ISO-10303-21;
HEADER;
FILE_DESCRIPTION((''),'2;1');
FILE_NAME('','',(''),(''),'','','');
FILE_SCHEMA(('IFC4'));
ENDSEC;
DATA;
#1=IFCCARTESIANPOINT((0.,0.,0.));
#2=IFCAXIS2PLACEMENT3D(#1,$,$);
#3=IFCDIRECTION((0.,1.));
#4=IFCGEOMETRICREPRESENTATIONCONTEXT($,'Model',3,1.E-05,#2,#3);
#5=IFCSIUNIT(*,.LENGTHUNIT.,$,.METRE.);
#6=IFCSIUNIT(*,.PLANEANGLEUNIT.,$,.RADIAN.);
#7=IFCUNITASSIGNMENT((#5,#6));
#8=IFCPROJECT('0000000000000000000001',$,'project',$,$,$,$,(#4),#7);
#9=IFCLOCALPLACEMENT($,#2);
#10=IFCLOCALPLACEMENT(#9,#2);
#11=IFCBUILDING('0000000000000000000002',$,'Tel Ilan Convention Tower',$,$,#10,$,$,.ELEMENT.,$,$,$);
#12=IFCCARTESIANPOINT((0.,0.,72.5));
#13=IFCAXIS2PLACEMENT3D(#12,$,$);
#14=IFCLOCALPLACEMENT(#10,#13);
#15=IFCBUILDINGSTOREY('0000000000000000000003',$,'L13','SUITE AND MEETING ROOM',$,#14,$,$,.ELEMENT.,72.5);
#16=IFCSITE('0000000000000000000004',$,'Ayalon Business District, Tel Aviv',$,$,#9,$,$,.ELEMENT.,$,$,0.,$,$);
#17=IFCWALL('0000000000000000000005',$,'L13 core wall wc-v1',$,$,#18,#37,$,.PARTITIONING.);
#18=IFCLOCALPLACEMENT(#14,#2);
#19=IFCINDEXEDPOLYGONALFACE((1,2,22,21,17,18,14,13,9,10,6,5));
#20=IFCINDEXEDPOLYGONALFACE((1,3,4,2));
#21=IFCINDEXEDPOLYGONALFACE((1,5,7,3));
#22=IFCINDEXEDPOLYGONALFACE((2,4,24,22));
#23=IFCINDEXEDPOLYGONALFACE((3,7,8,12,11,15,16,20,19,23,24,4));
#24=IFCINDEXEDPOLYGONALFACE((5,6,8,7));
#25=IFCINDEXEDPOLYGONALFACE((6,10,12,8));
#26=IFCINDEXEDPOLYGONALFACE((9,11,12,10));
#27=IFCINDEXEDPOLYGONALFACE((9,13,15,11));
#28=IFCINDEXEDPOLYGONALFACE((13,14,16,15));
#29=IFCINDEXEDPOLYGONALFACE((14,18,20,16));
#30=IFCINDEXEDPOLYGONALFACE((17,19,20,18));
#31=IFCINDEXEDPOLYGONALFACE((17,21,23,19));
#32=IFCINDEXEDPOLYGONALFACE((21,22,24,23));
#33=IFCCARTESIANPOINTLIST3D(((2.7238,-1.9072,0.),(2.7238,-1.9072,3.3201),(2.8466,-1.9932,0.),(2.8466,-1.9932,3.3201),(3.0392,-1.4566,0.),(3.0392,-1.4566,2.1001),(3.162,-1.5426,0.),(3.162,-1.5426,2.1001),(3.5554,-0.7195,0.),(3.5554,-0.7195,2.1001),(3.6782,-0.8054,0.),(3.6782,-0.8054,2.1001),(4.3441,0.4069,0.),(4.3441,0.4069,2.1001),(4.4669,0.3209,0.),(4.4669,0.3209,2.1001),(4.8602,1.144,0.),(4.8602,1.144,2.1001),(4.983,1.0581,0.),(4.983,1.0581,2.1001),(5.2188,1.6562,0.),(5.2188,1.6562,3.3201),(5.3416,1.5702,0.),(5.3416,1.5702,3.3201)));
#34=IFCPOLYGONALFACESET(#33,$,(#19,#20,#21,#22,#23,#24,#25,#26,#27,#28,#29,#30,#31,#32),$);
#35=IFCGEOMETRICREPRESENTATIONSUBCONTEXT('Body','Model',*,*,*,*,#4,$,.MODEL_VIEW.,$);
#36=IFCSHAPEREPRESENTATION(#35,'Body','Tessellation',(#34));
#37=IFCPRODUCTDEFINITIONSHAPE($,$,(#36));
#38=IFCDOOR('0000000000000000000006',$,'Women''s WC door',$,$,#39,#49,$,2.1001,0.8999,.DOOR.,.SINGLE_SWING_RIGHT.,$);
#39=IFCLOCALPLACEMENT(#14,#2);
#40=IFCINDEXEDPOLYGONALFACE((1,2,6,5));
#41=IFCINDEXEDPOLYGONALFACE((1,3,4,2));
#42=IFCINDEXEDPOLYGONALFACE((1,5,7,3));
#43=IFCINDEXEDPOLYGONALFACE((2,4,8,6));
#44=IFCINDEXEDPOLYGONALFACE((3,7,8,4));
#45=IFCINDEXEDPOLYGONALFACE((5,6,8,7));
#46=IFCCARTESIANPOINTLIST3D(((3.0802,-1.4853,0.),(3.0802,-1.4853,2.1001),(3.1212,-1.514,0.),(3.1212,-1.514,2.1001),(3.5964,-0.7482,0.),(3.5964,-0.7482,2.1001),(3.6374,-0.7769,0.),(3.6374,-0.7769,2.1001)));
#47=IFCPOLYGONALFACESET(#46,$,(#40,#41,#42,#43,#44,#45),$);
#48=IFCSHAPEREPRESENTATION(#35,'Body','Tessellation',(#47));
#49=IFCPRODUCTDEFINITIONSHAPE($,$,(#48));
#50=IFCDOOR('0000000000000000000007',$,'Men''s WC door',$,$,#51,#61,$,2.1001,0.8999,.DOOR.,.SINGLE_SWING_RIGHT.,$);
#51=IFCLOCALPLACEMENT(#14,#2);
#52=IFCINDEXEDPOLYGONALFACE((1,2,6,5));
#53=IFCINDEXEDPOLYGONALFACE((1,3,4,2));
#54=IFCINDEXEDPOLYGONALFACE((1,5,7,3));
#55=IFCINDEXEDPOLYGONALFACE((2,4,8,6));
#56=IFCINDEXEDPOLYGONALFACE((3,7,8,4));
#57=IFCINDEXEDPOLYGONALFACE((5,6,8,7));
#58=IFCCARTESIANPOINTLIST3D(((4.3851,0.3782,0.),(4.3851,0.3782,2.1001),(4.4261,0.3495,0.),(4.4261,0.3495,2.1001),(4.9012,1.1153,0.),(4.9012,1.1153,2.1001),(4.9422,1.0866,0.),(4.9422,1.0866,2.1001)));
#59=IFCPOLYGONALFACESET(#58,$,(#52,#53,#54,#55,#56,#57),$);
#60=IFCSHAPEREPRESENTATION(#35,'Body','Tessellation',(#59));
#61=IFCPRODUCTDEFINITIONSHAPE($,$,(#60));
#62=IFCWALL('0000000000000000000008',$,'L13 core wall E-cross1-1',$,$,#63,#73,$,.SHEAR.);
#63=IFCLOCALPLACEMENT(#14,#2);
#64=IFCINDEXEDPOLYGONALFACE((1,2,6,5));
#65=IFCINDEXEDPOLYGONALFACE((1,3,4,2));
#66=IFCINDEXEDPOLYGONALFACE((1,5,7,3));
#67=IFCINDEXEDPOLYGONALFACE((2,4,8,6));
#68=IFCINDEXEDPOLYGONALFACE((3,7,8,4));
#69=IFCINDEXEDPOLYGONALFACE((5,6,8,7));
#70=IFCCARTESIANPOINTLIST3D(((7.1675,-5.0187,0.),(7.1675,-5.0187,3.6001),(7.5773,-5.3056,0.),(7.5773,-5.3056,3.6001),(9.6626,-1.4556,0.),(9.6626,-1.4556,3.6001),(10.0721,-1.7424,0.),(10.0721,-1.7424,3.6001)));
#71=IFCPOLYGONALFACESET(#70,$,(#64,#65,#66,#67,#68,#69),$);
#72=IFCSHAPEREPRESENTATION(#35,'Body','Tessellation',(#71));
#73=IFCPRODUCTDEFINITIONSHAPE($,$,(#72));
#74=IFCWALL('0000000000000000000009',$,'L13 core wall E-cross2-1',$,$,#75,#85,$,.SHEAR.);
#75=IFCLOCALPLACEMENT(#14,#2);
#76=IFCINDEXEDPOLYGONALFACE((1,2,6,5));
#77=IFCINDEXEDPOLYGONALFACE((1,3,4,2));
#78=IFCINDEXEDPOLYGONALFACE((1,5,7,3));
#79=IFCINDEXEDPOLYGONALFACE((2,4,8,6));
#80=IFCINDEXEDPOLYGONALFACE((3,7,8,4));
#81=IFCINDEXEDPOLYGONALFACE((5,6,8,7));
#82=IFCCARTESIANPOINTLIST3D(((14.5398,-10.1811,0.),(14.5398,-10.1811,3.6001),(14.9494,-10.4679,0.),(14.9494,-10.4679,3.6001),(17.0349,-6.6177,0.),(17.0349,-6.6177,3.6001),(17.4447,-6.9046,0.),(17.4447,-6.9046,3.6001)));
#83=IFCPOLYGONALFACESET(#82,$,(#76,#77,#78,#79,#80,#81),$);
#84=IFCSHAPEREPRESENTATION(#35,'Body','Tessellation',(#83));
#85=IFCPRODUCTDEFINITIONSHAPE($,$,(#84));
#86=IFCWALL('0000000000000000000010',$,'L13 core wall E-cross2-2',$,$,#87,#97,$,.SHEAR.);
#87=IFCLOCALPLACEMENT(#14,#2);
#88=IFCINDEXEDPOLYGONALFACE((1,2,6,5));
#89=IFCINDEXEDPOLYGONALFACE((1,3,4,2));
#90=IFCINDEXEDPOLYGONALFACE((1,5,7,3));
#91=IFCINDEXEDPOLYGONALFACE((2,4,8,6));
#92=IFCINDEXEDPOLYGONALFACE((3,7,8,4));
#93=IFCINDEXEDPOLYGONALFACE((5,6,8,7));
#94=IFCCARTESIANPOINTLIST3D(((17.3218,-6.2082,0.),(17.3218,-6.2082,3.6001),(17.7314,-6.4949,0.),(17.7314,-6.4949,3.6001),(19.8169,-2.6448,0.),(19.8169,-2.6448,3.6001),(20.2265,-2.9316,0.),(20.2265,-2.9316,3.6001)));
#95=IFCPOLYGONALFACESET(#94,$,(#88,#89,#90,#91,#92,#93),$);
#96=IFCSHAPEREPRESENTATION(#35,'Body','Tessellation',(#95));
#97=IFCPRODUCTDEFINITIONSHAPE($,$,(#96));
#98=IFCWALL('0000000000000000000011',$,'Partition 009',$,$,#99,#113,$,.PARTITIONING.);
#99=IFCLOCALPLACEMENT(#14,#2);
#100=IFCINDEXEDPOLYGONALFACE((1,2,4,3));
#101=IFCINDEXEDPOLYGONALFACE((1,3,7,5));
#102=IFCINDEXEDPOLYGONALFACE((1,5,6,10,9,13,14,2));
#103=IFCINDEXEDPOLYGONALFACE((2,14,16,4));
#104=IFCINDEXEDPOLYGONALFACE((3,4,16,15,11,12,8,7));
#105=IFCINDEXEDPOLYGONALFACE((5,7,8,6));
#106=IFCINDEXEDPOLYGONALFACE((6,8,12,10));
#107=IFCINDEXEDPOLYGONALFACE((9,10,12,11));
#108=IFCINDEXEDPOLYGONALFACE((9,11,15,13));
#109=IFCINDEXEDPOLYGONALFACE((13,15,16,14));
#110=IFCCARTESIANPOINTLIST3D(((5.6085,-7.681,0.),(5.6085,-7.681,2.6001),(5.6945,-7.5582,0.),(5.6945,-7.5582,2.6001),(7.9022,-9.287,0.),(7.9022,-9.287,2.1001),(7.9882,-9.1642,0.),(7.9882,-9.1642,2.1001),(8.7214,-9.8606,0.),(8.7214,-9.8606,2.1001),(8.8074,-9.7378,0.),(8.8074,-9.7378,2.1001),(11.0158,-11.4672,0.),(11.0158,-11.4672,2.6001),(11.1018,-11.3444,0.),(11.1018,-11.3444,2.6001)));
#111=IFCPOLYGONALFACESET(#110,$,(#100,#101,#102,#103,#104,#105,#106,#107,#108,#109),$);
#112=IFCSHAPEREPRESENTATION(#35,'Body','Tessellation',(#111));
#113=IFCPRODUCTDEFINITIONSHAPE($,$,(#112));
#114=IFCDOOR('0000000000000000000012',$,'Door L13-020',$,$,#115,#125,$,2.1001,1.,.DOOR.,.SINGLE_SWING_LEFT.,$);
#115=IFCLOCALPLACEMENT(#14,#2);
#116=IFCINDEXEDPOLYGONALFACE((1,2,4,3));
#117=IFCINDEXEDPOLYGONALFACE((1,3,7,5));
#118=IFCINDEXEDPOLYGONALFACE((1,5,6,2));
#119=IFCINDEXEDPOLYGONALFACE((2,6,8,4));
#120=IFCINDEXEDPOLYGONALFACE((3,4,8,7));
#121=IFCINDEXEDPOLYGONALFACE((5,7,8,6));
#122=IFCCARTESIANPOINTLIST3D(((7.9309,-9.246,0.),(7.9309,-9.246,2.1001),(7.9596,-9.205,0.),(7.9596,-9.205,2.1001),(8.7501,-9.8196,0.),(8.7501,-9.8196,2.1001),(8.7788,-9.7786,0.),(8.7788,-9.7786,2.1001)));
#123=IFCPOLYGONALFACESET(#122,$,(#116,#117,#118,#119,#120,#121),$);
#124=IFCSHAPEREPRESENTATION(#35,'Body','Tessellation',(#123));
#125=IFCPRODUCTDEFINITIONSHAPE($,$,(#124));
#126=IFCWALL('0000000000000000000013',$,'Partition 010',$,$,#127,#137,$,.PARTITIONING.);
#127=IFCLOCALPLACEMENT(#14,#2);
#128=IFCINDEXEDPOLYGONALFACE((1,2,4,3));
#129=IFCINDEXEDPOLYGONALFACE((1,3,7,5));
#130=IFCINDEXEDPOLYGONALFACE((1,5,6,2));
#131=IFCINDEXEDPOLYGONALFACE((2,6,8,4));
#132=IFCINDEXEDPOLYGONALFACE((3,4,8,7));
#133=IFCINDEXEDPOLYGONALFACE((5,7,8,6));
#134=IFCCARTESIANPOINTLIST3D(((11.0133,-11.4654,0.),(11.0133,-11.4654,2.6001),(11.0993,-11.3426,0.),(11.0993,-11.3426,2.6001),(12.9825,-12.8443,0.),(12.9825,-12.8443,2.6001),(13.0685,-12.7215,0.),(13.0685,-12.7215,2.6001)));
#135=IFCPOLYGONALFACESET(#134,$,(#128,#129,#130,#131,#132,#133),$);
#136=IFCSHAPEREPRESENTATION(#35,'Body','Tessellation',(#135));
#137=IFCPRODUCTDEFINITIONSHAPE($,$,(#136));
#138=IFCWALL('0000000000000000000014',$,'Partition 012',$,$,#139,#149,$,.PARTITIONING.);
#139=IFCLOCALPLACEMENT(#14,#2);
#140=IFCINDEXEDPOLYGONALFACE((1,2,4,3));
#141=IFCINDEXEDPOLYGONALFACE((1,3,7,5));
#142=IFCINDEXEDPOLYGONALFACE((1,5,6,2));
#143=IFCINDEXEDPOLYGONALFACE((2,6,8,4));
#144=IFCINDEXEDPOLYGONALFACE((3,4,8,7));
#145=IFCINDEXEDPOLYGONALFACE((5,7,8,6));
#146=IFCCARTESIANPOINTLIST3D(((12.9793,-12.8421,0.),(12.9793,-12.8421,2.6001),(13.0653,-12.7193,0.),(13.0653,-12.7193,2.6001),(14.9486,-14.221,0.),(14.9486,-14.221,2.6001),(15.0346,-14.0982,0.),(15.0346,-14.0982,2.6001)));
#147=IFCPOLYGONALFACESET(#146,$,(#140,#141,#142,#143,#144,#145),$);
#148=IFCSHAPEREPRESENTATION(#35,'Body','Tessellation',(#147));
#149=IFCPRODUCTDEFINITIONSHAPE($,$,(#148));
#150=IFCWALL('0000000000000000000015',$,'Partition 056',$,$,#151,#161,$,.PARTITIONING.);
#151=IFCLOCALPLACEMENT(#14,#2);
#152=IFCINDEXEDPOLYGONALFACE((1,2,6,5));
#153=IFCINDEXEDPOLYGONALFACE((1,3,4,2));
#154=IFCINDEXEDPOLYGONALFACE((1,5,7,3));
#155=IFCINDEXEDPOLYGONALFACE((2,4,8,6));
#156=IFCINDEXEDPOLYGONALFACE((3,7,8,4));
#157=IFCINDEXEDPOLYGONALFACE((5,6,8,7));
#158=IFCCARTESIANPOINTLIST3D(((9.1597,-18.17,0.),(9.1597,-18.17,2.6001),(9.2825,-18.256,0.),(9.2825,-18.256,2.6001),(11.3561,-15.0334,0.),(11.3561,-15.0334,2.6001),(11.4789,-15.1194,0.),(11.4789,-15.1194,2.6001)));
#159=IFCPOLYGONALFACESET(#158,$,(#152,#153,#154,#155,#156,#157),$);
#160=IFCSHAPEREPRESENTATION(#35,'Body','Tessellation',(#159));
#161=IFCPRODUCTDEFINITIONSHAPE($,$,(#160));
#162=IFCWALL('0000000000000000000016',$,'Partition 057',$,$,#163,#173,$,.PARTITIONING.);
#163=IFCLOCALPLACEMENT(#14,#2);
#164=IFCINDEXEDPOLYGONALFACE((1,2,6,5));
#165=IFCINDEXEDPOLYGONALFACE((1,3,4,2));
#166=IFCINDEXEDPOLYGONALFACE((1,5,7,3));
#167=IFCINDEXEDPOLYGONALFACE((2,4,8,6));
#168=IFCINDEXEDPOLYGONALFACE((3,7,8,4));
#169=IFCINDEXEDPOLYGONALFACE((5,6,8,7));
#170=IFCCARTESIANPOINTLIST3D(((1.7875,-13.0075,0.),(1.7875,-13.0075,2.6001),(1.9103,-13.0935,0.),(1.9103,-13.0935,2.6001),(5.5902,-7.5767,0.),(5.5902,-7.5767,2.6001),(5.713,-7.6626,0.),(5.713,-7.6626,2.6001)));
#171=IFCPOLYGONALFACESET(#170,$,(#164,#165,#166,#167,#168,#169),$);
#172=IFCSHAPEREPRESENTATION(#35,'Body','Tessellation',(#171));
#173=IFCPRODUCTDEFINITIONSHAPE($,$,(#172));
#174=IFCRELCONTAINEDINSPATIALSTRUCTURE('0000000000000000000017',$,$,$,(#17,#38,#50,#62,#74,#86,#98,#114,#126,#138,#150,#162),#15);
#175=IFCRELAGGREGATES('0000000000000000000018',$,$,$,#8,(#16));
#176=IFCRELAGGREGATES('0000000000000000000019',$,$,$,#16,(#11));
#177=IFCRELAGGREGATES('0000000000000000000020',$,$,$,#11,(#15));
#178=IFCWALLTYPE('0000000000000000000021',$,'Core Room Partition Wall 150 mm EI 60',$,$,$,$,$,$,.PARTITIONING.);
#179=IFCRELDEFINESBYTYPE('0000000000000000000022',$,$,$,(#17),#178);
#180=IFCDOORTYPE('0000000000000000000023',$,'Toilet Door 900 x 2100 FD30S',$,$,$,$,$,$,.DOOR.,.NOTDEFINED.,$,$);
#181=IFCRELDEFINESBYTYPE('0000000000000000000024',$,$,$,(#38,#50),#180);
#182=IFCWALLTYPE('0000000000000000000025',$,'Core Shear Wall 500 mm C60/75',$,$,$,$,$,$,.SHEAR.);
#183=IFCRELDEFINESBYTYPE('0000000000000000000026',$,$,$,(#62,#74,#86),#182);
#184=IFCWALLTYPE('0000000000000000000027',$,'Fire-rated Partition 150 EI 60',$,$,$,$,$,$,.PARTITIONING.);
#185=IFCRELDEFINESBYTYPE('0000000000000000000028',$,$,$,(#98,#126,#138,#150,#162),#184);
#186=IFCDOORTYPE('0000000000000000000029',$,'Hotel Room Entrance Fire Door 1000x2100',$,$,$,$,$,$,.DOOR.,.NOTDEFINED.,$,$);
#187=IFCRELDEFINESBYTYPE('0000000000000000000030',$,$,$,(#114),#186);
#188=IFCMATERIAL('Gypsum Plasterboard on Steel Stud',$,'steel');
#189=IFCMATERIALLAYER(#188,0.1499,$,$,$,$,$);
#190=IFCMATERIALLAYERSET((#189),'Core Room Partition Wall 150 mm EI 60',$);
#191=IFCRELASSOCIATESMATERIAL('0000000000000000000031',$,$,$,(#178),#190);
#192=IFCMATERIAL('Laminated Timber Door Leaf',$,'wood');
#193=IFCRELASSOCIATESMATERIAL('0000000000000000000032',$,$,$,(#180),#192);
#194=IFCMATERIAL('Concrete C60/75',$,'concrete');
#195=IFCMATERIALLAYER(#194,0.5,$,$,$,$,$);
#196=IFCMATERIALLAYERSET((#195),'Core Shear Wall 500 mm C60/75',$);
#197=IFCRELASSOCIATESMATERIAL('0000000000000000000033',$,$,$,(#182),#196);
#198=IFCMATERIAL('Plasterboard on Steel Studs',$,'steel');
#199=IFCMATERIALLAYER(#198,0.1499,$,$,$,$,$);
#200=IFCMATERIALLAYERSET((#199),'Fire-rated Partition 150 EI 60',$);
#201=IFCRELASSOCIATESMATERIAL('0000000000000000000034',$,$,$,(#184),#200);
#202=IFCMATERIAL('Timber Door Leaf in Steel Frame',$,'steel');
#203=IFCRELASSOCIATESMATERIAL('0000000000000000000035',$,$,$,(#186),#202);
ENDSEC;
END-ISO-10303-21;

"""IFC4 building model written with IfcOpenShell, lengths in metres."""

from ifc_helpers import new_model, si_unit, direction, frame, frame_2d, origin, place, context, subcontext, project, spatial, polyline, rectangle, outline, extrude, material, layer, layer_set, type_object, element, fill, save


model = new_model("IFC4")

# Units and contexts
model_context = context("Model", 3, precision=1e-05, world=origin(), true_north=direction((0.0, 1.0)))
body_context = subcontext(model_context, "Body", "Model", "MODEL_VIEW")
ifc_project = project(units=[si_unit("LENGTHUNIT", "METRE"), si_unit("PLANEANGLEUNIT", "RADIAN")], contexts=[model_context])

# Site, building, storey
site_placement = place(None, origin())
site = spatial("IfcSite", under=ifc_project, at=site_placement, Name="Ayalon Business District, Tel Aviv", CompositionType="ELEMENT", RefElevation=0.0)
building_placement = place(site_placement, origin())
building = spatial("IfcBuilding", under=site, at=building_placement, Name="Tel Ilan Convention Tower", CompositionType="ELEMENT")
storey_placement = place(building_placement, frame((0.0, 0.0, 72.5)))
storey = spatial("IfcBuildingStorey", under=building, at=storey_placement, Name="L13", Description="SUITE AND MEETING ROOM", CompositionType="ELEMENT", Elevation=72.5)

# Wall, openings, doors
ifc_material_1 = material(Name="Gypsum Plasterboard on Steel Stud", Category="steel")
ifc_layer_1 = layer(ifc_material_1, 0.1499)
ifc_layer_set_1 = layer_set([ifc_layer_1], Name="Core Room Partition Wall 150 mm EI 60")
wall_type_1 = type_object("IfcWallType", Name="Core Room Partition Wall 150 mm EI 60", PredefinedType="PARTITIONING", material=ifc_layer_set_1)
wall_1_placement = place(storey_placement, frame((2.7852, -1.9502, 0.0), z_axis=(0.0, 0.0, 1.0), x_axis=(0.573568, 0.819158, 0.0)))
wall_1 = element("IfcWall", 1, at=wall_1_placement, inside=storey, type_object=wall_type_1, Name="L13 core wall wc-v1", PredefinedType="PARTITIONING", context=body_context, shape_type="SweptSolid", body=[
    extrude(rectangle(XDim=4.3501, YDim=0.1499, at=frame_2d((2.175, 0.0))), origin(), (0.0, 0.0, 1.0), 3.3201),
])
opening_1_placement = place(wall_1_placement, frame((0.55, 0.0, 0.0)))
opening_1 = element("IfcOpeningElement", 2, at=opening_1_placement, cuts=wall_1, PredefinedType="OPENING", context=body_context, shape_type="SweptSolid", body=[
    extrude(rectangle(XDim=0.8999, YDim=2.1001, at=frame_2d((0.45, 1.05))), frame((0.0, 0.085, 0.0), z_axis=(0.0, -1.0, 0.0), x_axis=(1.0, 0.0, 0.0)), (0.0, 0.0, 1.0), 0.1699),
])
opening_2_placement = place(wall_1_placement, frame((2.825, 0.0, 0.0)))
opening_2 = element("IfcOpeningElement", 3, at=opening_2_placement, cuts=wall_1, PredefinedType="OPENING", context=body_context, shape_type="SweptSolid", body=[
    extrude(rectangle(XDim=0.8999, YDim=2.1001, at=frame_2d((0.45, 1.05))), frame((0.0, 0.085, 0.0), z_axis=(0.0, -1.0, 0.0), x_axis=(1.0, 0.0, 0.0)), (0.0, 0.0, 1.0), 0.1699),
])
ifc_material_2 = material(Name="Laminated Timber Door Leaf", Category="wood")
door_type_1 = type_object("IfcDoorType", Name="Toilet Door 900 x 2100 FD30S", OperationType="NOTDEFINED", PredefinedType="DOOR", material=ifc_material_2)
door_1_placement = place(opening_1_placement, origin())
door_1 = element("IfcDoor", 4, at=door_1_placement, inside=storey, type_object=door_type_1, Name="Women's WC door", OperationType="SINGLE_SWING_RIGHT", OverallHeight=2.1001, OverallWidth=0.8999, PredefinedType="DOOR", context=body_context, shape_type="SweptSolid", body=[
    extrude(rectangle(XDim=0.8999, YDim=2.1001, at=frame_2d((0.45, 1.05))), frame((0.0, 0.0249, 0.0), z_axis=(0.0, -1.0, 0.0), x_axis=(1.0, 0.0, 0.0)), (0.0, 0.0, 1.0), 0.05),
])
fill(opening_1, door_1)
door_2_placement = place(opening_2_placement, origin())
door_2 = element("IfcDoor", 5, at=door_2_placement, inside=storey, type_object=door_type_1, Name="Men's WC door", OperationType="SINGLE_SWING_RIGHT", OverallHeight=2.1001, OverallWidth=0.8999, PredefinedType="DOOR", context=body_context, shape_type="SweptSolid", body=[
    extrude(rectangle(XDim=0.8999, YDim=2.1001, at=frame_2d((0.45, 1.05))), frame((0.0, 0.0249, 0.0), z_axis=(0.0, -1.0, 0.0), x_axis=(1.0, 0.0, 0.0)), (0.0, 0.0, 1.0), 0.05),
])
fill(opening_2, door_2)

# Walls
ifc_material_3 = material(Name="Concrete C60/75", Category="concrete")
ifc_layer_2 = layer(ifc_material_3, 0.5)
ifc_layer_set_2 = layer_set([ifc_layer_2], Name="Core Shear Wall 500 mm C60/75")
wall_type_2 = type_object("IfcWallType", Name="Core Shear Wall 500 mm C60/75", PredefinedType="SHEAR", material=ifc_layer_set_2)
wall_2_placement = place(storey_placement, frame((7.3723, -5.1621, 0.0), z_axis=(0.0, 0.0, 1.0), x_axis=(0.573594, 0.81914, 0.0)))
element("IfcWall", 6, at=wall_2_placement, inside=storey, type_object=wall_type_2, Name="L13 core wall E-cross1-1", PredefinedType="SHEAR", context=body_context, shape_type="SweptSolid", body=[
    extrude(outline(polyline([(0.0, 0.25), (0.0, -0.2502), (4.3499, -0.25), (4.3499, 0.25), (0.0, 0.25)])), origin(), (0.0, 0.0, 1.0), 3.6001),
])
wall_3_placement = place(storey_placement, frame((14.7446, -10.3245, 0.0), z_axis=(0.0, 0.0, 1.0), x_axis=(0.573568, 0.819158, 0.0)))
element("IfcWall", 7, at=wall_3_placement, inside=storey, type_object=wall_type_2, Name="L13 core wall E-cross2-1", PredefinedType="SHEAR", context=body_context, shape_type="SweptSolid", body=[
    extrude(outline(polyline([(0.0, 0.25), (0.0, -0.25), (4.3501, -0.2502), (4.3501, 0.25), (0.0, 0.25)])), origin(), (0.0, 0.0, 1.0), 3.6001),
])
wall_4_placement = place(storey_placement, frame((17.5266, -6.3516, 0.0), z_axis=(0.0, 0.0, 1.0), x_axis=(0.57353, 0.819184, 0.0)))
element("IfcWall", 8, at=wall_4_placement, inside=storey, type_object=wall_type_2, Name="L13 core wall E-cross2-2", PredefinedType="SHEAR", context=body_context, shape_type="SweptSolid", body=[
    extrude(outline(polyline([(4.3501, -0.2502), (4.3501, 0.2498), (0.0, 0.25), (0.0, -0.25), (4.3501, -0.2502)])), origin(), (0.0, 0.0, 1.0), 3.6001),
])

# Wall, opening, door
ifc_material_4 = material(Name="Plasterboard on Steel Studs", Category="steel")
ifc_layer_3 = layer(ifc_material_4, 0.1499)
ifc_layer_set_3 = layer_set([ifc_layer_3], Name="Fire-rated Partition 150 EI 60")
wall_type_3 = type_object("IfcWallType", Name="Fire-rated Partition 150 EI 60", PredefinedType="PARTITIONING", material=ifc_layer_set_3)
wall_5_placement = place(storey_placement, frame((11.0588, -11.4058, 0.0), z_axis=(0.0, 0.0, 1.0), x_axis=(-0.819155, 0.573572, 0.0)))
wall_5 = element("IfcWall", 9, at=wall_5_placement, inside=storey, type_object=wall_type_3, Name="Partition 009", PredefinedType="PARTITIONING", context=body_context, shape_type="SweptSolid", body=[
    extrude(rectangle(XDim=6.6011, YDim=0.1499, at=frame_2d((3.3005, 0.0))), origin(), (0.0, 0.0, 1.0), 2.6001),
])
opening_3_placement = place(wall_5_placement, frame((2.801, 0.0, 0.0)))
opening_3 = element("IfcOpeningElement", 10, at=opening_3_placement, cuts=wall_5, PredefinedType="OPENING", context=body_context, shape_type="SweptSolid", body=[
    extrude(rectangle(XDim=1.0, YDim=2.1001, at=frame_2d((0.5, 1.05))), frame((0.0, 0.085, 0.0), z_axis=(0.0, -1.0, 0.0), x_axis=(1.0, 0.0, 0.0)), (0.0, 0.0, 1.0), 0.1699),
])
ifc_material_5 = material(Name="Timber Door Leaf in Steel Frame", Category="steel")
door_type_2 = type_object("IfcDoorType", Name="Hotel Room Entrance Fire Door 1000x2100", OperationType="NOTDEFINED", PredefinedType="DOOR", material=ifc_material_5)
door_3_placement = place(opening_3_placement, origin())
door_3 = element("IfcDoor", 11, at=door_3_placement, inside=storey, type_object=door_type_2, Name="Door L13-020", OperationType="SINGLE_SWING_LEFT", OverallHeight=2.1001, OverallWidth=1.0, PredefinedType="DOOR", context=body_context, shape_type="SweptSolid", body=[
    extrude(rectangle(XDim=1.0, YDim=2.1001, at=frame_2d((0.5, 1.05))), frame((0.0, 0.0249, 0.0), z_axis=(0.0, -1.0, 0.0), x_axis=(1.0, 0.0, 0.0)), (0.0, 0.0, 1.0), 0.05),
])
fill(opening_3, door_3)

# Walls
for number, where, z_axis, x_axis, name in (
    (12, (13.0256, -12.783, 0.0), (0.0, 0.0, 1.0), (-0.819146, 0.573585, 0.0), "Partition 010"),
    (13, (14.9917, -14.1597, 0.0), (0.0, 0.0, 1.0), (-0.819146, 0.573585, 0.0), "Partition 012"),
):
    element("IfcWall", number, at=place(storey_placement, frame(where, z_axis=z_axis, x_axis=x_axis)), inside=storey, type_object=wall_type_3, Name=name, PredefinedType="PARTITIONING", context=body_context, shape_type="SweptSolid", body=[
        extrude(rectangle(XDim=2.4041, YDim=0.1499, at=frame_2d((1.2021, 0.0))), origin(), (0.0, 0.0, 1.0), 2.6001),
    ])
wall_6_placement = place(storey_placement, frame((11.4175, -15.0764, 0.0), z_axis=(0.0, 0.0, 1.0), x_axis=(-0.573595, -0.819139, 0.0)))
element("IfcWall", 14, at=wall_6_placement, inside=storey, type_object=wall_type_3, Name="Partition 056", PredefinedType="PARTITIONING", context=body_context, shape_type="SweptSolid", body=[
    extrude(rectangle(XDim=3.8291, YDim=0.1499, at=frame_2d((1.9146, 0.0))), origin(), (0.0, 0.0, 1.0), 2.6001),
])
wall_7_placement = place(storey_placement, frame((1.8489, -13.0505, 0.0), z_axis=(0.0, 0.0, 1.0), x_axis=(0.573574, 0.819154, 0.0)))
element("IfcWall", 15, at=wall_7_placement, inside=storey, type_object=wall_type_3, Name="Partition 057", PredefinedType="PARTITIONING", context=body_context, shape_type="SweptSolid", body=[
    extrude(rectangle(XDim=6.6299, YDim=0.1499, at=frame_2d((3.3149, 0.0))), origin(), (0.0, 0.0, 1.0), 2.6001),
])

save(model, "model.ifc")
